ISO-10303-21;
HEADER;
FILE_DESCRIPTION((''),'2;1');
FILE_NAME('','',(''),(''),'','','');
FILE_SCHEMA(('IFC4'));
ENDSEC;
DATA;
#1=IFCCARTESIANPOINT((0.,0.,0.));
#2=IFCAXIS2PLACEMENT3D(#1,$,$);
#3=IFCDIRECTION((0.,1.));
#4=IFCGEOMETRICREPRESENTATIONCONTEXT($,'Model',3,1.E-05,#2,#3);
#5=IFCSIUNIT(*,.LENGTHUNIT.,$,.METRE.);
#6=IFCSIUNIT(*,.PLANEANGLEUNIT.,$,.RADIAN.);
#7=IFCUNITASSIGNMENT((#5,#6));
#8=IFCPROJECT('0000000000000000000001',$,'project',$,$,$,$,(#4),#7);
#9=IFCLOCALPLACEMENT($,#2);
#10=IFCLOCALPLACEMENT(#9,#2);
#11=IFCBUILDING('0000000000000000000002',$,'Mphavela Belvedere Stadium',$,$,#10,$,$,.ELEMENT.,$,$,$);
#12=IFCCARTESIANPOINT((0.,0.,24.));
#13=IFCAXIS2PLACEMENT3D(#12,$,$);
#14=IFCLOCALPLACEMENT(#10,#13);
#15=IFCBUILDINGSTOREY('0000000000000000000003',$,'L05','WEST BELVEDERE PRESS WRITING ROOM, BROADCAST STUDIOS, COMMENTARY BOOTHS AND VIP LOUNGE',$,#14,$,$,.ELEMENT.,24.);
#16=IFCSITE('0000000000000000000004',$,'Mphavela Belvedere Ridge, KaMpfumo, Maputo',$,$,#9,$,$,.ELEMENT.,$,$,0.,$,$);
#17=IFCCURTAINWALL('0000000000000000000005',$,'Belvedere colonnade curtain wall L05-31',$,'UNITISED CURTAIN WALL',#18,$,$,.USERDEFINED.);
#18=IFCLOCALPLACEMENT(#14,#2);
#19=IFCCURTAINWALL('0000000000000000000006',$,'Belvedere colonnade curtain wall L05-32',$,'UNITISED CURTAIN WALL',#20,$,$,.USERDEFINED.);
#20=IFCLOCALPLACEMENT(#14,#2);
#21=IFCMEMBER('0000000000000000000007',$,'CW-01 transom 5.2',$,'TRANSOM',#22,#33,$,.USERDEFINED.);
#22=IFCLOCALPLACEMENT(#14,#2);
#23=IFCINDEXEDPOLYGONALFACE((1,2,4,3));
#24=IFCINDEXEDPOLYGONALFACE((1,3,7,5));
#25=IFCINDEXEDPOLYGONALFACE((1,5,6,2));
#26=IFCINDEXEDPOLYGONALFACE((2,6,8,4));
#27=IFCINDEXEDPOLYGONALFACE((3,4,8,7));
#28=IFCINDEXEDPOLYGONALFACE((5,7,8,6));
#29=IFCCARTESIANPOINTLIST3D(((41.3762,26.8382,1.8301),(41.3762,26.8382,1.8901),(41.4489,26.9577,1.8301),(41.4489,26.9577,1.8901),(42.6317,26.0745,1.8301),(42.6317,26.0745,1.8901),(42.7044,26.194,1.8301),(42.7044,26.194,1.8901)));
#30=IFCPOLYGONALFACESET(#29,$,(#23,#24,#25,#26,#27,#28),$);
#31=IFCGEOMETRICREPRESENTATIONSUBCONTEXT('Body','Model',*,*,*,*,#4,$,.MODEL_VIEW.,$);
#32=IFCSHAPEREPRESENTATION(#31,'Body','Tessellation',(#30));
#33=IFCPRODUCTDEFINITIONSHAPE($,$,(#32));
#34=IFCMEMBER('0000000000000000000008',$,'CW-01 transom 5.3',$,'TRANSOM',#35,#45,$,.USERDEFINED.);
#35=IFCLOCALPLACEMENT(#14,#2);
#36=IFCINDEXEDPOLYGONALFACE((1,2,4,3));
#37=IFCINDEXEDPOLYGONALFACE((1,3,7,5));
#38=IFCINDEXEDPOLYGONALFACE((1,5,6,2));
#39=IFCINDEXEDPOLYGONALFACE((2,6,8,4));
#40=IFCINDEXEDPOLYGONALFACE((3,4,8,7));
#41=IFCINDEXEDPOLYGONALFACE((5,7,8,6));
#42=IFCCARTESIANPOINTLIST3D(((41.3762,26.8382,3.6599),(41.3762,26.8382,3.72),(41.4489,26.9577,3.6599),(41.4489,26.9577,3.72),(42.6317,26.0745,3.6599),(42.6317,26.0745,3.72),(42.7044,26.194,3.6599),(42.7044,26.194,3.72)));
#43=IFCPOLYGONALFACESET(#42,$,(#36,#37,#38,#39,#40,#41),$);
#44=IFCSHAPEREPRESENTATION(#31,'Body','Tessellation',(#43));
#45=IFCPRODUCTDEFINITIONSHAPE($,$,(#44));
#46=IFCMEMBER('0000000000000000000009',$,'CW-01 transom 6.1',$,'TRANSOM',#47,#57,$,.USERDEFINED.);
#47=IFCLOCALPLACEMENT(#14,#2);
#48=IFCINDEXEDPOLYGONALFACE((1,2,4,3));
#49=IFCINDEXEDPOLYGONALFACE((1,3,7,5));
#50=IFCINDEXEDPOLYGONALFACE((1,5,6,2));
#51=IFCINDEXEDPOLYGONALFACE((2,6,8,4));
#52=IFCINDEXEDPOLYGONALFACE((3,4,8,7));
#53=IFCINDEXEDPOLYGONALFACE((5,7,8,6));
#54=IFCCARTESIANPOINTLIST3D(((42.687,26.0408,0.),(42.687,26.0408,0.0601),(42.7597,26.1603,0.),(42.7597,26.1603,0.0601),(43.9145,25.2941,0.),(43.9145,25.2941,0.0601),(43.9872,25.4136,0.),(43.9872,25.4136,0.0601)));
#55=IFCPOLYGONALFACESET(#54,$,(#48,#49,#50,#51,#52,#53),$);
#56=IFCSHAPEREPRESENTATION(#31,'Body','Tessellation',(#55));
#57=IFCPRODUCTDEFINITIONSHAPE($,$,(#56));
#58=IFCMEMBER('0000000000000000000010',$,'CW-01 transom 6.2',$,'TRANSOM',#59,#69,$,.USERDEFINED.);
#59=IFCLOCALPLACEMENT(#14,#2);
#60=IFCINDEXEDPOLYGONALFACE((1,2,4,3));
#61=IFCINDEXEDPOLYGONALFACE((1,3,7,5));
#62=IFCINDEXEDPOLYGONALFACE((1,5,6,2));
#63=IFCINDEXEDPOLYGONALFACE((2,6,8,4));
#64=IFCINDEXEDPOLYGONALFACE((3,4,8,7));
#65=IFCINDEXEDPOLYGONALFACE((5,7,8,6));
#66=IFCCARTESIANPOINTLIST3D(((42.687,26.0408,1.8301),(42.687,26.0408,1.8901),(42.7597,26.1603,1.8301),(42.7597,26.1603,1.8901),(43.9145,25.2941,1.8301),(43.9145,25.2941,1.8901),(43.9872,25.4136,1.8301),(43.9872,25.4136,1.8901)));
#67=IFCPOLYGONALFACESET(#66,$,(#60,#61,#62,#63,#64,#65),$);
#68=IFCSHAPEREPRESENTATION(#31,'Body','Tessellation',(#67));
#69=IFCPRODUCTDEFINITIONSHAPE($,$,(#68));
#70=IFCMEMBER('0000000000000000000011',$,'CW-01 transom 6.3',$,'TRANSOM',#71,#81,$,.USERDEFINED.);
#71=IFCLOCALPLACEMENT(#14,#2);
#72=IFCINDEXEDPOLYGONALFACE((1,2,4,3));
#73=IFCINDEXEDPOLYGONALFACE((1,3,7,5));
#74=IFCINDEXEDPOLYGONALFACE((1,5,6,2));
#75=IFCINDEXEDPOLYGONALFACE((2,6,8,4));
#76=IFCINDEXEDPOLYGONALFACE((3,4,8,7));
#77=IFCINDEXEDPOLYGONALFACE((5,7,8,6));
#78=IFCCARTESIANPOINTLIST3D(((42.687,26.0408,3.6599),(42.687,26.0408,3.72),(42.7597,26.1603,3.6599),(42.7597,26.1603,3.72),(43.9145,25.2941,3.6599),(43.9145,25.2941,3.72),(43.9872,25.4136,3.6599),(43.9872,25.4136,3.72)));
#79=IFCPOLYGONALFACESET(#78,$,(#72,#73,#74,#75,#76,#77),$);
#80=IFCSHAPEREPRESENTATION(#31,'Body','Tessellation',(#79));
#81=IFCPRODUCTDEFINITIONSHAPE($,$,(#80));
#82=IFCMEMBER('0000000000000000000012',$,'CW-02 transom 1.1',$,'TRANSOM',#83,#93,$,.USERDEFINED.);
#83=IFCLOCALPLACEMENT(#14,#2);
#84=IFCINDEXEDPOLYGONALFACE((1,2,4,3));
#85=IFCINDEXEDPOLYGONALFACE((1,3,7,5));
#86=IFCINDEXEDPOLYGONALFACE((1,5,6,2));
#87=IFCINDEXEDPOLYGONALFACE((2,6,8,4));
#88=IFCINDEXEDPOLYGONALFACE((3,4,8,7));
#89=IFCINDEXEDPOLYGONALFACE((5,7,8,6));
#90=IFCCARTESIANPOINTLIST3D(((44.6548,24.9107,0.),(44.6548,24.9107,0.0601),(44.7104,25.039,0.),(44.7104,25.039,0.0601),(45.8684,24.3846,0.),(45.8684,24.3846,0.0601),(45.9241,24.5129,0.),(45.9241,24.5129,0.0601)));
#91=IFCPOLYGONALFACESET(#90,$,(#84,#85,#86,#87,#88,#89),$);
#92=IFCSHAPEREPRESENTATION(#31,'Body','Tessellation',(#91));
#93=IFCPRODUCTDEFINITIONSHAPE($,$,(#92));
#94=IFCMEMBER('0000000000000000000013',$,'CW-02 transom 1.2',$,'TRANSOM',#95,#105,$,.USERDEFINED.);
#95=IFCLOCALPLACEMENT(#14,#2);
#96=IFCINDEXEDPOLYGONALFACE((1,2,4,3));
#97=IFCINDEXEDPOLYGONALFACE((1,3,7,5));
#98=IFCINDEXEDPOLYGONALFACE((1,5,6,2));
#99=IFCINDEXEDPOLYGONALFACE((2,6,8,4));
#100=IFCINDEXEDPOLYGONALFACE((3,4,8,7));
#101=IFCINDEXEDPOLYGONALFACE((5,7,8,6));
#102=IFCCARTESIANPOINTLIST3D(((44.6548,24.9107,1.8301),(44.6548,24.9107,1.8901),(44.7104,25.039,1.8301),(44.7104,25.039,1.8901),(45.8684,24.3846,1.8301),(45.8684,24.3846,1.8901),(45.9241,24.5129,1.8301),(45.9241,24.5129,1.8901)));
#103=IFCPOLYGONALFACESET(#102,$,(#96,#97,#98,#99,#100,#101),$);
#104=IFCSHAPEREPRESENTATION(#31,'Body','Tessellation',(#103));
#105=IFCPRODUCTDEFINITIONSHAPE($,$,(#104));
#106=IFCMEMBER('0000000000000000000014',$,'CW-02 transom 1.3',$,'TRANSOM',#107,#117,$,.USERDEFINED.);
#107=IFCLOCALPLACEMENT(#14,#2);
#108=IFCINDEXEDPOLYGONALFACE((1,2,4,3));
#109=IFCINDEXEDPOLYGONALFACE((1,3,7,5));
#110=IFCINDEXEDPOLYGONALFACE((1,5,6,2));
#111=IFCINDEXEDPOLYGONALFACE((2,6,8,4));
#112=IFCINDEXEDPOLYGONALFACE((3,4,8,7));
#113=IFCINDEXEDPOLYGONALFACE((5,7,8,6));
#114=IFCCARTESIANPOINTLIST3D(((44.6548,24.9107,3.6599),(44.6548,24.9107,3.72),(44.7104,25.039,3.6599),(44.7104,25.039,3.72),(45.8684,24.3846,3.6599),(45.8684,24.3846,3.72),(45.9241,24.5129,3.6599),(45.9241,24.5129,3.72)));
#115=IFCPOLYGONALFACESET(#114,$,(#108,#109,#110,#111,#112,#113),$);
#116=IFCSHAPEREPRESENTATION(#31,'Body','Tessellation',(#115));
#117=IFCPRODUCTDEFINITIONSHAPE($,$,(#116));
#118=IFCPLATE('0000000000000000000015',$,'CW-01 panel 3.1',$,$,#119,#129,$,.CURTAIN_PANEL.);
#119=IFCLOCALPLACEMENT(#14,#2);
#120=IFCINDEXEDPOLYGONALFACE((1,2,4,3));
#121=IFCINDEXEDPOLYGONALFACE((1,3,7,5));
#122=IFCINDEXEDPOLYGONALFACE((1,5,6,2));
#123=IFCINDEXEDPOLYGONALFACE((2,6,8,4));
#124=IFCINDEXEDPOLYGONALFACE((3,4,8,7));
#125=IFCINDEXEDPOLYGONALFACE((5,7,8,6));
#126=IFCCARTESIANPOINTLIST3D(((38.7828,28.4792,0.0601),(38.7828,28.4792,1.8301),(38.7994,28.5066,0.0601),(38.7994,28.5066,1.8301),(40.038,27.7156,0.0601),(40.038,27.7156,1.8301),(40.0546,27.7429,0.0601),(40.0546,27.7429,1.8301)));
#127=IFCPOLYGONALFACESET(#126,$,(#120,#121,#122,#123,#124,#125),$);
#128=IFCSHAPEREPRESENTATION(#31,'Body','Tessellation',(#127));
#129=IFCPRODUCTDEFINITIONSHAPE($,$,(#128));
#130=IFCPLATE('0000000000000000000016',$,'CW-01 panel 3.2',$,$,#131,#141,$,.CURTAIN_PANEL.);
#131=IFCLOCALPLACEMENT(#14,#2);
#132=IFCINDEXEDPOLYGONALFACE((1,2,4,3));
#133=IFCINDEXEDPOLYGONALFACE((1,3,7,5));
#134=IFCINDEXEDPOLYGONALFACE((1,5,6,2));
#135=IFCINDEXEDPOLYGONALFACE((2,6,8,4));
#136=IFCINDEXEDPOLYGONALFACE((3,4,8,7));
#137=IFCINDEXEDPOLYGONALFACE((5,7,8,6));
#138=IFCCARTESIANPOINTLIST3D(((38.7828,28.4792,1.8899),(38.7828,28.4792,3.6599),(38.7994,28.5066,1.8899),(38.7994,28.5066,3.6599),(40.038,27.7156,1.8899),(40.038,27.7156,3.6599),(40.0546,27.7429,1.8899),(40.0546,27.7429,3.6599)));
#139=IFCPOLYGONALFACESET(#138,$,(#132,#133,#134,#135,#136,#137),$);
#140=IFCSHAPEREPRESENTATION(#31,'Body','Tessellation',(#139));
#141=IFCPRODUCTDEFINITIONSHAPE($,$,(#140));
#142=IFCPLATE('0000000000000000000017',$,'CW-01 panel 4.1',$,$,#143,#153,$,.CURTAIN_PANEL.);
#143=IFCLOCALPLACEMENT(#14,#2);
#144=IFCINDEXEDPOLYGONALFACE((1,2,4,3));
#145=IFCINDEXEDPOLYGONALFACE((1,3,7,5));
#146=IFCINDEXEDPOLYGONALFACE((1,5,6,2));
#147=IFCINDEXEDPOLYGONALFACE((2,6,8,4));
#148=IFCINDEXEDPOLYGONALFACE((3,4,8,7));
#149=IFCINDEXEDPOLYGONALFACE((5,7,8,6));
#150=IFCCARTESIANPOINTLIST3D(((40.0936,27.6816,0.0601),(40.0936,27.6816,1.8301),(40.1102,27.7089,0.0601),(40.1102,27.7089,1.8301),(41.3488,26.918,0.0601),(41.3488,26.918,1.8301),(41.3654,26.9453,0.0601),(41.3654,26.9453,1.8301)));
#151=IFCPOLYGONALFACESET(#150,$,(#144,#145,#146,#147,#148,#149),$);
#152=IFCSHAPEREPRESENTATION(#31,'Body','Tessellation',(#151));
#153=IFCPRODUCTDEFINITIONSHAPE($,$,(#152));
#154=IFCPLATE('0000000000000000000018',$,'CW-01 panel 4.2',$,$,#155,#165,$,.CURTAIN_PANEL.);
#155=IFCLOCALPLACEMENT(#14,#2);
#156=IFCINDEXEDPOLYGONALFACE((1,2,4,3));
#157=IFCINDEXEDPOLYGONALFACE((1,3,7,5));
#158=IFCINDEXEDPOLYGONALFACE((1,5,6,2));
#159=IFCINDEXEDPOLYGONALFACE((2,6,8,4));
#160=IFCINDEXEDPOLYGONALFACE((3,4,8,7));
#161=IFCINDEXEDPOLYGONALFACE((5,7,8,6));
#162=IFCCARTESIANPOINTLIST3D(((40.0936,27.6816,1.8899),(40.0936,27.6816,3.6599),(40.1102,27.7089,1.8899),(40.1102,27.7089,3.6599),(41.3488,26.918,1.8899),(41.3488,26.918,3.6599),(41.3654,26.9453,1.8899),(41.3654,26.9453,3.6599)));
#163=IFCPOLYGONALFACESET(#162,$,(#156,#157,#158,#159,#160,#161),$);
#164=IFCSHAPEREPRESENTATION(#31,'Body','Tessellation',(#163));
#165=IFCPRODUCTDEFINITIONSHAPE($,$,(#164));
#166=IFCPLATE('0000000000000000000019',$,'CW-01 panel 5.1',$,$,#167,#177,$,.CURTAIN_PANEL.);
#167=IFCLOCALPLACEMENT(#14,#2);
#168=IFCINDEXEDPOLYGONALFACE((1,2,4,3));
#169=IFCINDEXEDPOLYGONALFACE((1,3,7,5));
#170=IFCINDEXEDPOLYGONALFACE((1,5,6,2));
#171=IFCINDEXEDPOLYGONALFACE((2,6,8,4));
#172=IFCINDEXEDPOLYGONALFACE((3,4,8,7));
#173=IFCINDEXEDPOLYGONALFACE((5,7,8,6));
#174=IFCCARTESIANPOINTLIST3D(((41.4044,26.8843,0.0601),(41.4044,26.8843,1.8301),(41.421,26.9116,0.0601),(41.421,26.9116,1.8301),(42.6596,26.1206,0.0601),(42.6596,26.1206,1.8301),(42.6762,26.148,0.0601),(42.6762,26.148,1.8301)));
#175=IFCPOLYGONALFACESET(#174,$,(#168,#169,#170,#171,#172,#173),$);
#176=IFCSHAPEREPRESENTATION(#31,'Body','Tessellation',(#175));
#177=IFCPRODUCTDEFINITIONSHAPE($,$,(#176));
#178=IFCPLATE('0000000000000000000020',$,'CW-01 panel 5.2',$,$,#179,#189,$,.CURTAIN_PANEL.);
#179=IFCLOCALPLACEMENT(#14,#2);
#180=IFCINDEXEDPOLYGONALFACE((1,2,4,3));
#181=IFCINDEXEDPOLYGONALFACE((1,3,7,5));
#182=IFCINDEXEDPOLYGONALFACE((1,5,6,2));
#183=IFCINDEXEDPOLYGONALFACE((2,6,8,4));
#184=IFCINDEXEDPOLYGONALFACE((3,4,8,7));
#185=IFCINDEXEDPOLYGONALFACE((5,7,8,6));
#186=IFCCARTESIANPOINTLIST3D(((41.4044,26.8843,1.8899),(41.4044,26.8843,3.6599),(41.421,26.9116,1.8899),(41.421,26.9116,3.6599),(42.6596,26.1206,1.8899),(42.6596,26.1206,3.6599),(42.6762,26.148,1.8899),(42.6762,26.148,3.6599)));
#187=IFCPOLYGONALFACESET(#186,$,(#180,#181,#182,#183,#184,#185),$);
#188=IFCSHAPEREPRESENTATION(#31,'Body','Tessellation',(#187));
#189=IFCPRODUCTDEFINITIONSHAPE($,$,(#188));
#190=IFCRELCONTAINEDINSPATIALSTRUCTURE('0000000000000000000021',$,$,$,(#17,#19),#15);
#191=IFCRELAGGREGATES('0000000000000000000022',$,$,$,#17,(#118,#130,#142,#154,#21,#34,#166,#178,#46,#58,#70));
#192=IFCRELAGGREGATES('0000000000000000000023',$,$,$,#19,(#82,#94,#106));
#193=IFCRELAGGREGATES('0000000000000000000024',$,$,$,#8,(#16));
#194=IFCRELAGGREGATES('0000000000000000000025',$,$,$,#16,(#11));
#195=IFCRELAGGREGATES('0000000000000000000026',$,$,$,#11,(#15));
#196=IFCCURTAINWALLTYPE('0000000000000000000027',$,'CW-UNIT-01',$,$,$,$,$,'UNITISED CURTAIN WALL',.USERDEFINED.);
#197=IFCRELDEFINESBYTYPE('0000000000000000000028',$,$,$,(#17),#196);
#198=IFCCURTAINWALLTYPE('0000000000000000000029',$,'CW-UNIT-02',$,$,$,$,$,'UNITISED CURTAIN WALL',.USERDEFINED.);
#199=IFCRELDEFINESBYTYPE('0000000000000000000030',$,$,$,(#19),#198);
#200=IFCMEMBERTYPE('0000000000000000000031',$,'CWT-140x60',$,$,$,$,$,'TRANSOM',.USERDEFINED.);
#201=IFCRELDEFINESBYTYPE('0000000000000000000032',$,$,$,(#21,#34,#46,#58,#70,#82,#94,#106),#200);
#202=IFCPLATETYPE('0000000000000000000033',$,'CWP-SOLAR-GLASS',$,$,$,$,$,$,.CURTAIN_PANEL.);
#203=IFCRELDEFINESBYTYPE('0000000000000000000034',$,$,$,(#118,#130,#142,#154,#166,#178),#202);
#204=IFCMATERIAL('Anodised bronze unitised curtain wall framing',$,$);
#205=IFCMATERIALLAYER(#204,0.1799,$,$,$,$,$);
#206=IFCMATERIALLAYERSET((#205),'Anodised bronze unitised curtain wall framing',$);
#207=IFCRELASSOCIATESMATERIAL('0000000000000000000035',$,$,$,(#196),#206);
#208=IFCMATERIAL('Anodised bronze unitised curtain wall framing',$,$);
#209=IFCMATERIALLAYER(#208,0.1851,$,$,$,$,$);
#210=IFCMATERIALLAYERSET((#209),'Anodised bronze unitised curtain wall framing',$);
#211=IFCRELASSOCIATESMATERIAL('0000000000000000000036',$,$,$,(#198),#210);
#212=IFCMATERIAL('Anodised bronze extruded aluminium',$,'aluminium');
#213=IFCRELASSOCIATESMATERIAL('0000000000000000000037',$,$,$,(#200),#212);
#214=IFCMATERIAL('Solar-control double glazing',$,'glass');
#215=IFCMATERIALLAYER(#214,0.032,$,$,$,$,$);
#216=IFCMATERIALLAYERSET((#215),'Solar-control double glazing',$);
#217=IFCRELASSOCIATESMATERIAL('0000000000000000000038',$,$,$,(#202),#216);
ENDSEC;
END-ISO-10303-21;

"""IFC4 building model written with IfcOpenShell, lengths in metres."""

from ifc_helpers import new_model, si_unit, direction, frame, origin, origin_2d, place, context, subcontext, project, spatial, rectangle, extrude, material, layer, layer_set, material_profile, profile_set, type_object, element, aggregate, save


model = new_model("IFC4")

# Units and contexts
model_context = context("Model", 3, precision=1e-05, world=origin(), true_north=direction((0.0, 1.0)))
body_context = subcontext(model_context, "Body", "Model", "MODEL_VIEW")
ifc_project = project(units=[si_unit("LENGTHUNIT", "METRE"), si_unit("PLANEANGLEUNIT", "RADIAN")], contexts=[model_context])

# Site, building, storey
site_placement = place(None, origin())
site = spatial("IfcSite", under=ifc_project, at=site_placement, Name="Mphavela Belvedere Ridge, KaMpfumo, Maputo", CompositionType="ELEMENT", RefElevation=0.0)
building_placement = place(site_placement, origin())
building = spatial("IfcBuilding", under=site, at=building_placement, Name="Mphavela Belvedere Stadium", CompositionType="ELEMENT")
storey_placement = place(building_placement, frame((0.0, 0.0, 24.0)))
storey = spatial("IfcBuildingStorey", under=building, at=storey_placement, Name="L05", Description="WEST BELVEDERE PRESS WRITING ROOM, BROADCAST STUDIOS, COMMENTARY BOOTHS AND VIP LOUNGE", CompositionType="ELEMENT", Elevation=24.0)

# Curtain wall
ifc_material_1 = material(Name="Anodised bronze unitised curtain wall framing")
ifc_layer_1 = layer(ifc_material_1, 0.1799)
ifc_layer_set_1 = layer_set([ifc_layer_1], Name="Anodised bronze unitised curtain wall framing")
curtain_wall_type_1 = type_object("IfcCurtainWallType", Name="CW-UNIT-01", ElementType="UNITISED CURTAIN WALL", PredefinedType="USERDEFINED", material=ifc_layer_set_1)
curtain_wall_1_placement = place(storey_placement, origin())
curtain_wall_1 = element("IfcCurtainWall", 1, at=curtain_wall_1_placement, inside=storey, type_object=curtain_wall_type_1, Name="Belvedere colonnade curtain wall L05-31", ObjectType="UNITISED CURTAIN WALL", PredefinedType="USERDEFINED")

# Curtain wall
ifc_material_2 = material(Name="Anodised bronze unitised curtain wall framing")
ifc_layer_2 = layer(ifc_material_2, 0.1851)
ifc_layer_set_2 = layer_set([ifc_layer_2], Name="Anodised bronze unitised curtain wall framing")
curtain_wall_type_2 = type_object("IfcCurtainWallType", Name="CW-UNIT-02", ElementType="UNITISED CURTAIN WALL", PredefinedType="USERDEFINED", material=ifc_layer_set_2)
curtain_wall_2_placement = place(storey_placement, origin())
curtain_wall_2 = element("IfcCurtainWall", 2, at=curtain_wall_2_placement, inside=storey, type_object=curtain_wall_type_2, Name="Belvedere colonnade curtain wall L05-32", ObjectType="UNITISED CURTAIN WALL", PredefinedType="USERDEFINED")

# Members
ifc_material_3 = material(Name="Anodised bronze extruded aluminium", Category="aluminium")
ifc_material_profile_1 = material_profile(ifc_material_3, rectangle(XDim=0.1399, YDim=0.0601, at=origin_2d()), Name="CW-TRN 140x60")
ifc_profile_set_1 = profile_set([ifc_material_profile_1], Name="Anodised bronze extruded aluminium")
member_type_1 = type_object("IfcMemberType", Name="CWT-140x60", ElementType="TRANSOM", PredefinedType="USERDEFINED", material=ifc_profile_set_1)
member_1_placement = place(storey_placement, frame((41.4126, 26.8979, 1.8601), z_axis=(0.85434, -0.519715, 0.0), x_axis=(0.519715, 0.85434, 0.0)))
member_1 = element("IfcMember", 3, at=member_1_placement, type_object=member_type_1, Name="CW-01 transom 5.2", ObjectType="TRANSOM", PredefinedType="USERDEFINED", context=body_context, shape_type="SweptSolid", body=[
    extrude(rectangle(XDim=0.1399, YDim=0.0601, at=origin_2d()), origin(), (0.0, 0.0, 1.0), 1.4695),
])
member_2_placement = place(storey_placement, frame((41.4126, 26.8979, 3.6899), z_axis=(0.85434, -0.519715, 0.0), x_axis=(0.519715, 0.85434, 0.0)))
member_2 = element("IfcMember", 4, at=member_2_placement, type_object=member_type_1, Name="CW-01 transom 5.3", ObjectType="TRANSOM", PredefinedType="USERDEFINED", context=body_context, shape_type="SweptSolid", body=[
    extrude(rectangle(XDim=0.1399, YDim=0.0601, at=origin_2d()), origin(), (0.0, 0.0, 1.0), 1.4695),
])
member_3_placement = place(storey_placement, frame((42.7234, 26.1006, 0.03), z_axis=(0.854313, -0.519758, 0.0), x_axis=(0.519758, 0.854313, 0.0)))
member_3 = element("IfcMember", 5, at=member_3_placement, type_object=member_type_1, Name="CW-01 transom 6.1", ObjectType="TRANSOM", PredefinedType="USERDEFINED", context=body_context, shape_type="SweptSolid", body=[
    extrude(rectangle(XDim=0.1399, YDim=0.0601, at=origin_2d()), origin(), (0.0, 0.0, 1.0), 1.4368),
])
member_4_placement = place(storey_placement, frame((42.7234, 26.1006, 1.8601), z_axis=(0.854313, -0.519758, 0.0), x_axis=(0.519758, 0.854313, 0.0)))
member_4 = element("IfcMember", 6, at=member_4_placement, type_object=member_type_1, Name="CW-01 transom 6.2", ObjectType="TRANSOM", PredefinedType="USERDEFINED", context=body_context, shape_type="SweptSolid", body=[
    extrude(rectangle(XDim=0.1399, YDim=0.0601, at=origin_2d()), origin(), (0.0, 0.0, 1.0), 1.4368),
])
member_5_placement = place(storey_placement, frame((42.7234, 26.1006, 3.6899), z_axis=(0.854313, -0.519758, 0.0), x_axis=(0.519758, 0.854313, 0.0)))
member_5 = element("IfcMember", 7, at=member_5_placement, type_object=member_type_1, Name="CW-01 transom 6.3", ObjectType="TRANSOM", PredefinedType="USERDEFINED", context=body_context, shape_type="SweptSolid", body=[
    extrude(rectangle(XDim=0.1399, YDim=0.0601, at=origin_2d()), origin(), (0.0, 0.0, 1.0), 1.4368),
])
member_6_placement = place(storey_placement, frame((44.6826, 24.9749, 0.03), z_axis=(0.917495, -0.397747, 0.0), x_axis=(0.397747, 0.917495, 0.0)))
member_6 = element("IfcMember", 8, at=member_6_placement, type_object=member_type_1, Name="CW-02 transom 1.1", ObjectType="TRANSOM", PredefinedType="USERDEFINED", context=body_context, shape_type="SweptSolid", body=[
    extrude(rectangle(XDim=0.1399, YDim=0.0601, at=origin_2d()), origin(), (0.0, 0.0, 1.0), 1.3228),
])
member_7_placement = place(storey_placement, frame((44.6826, 24.9749, 1.8601), z_axis=(0.917495, -0.397747, 0.0), x_axis=(0.397747, 0.917495, 0.0)))
member_7 = element("IfcMember", 9, at=member_7_placement, type_object=member_type_1, Name="CW-02 transom 1.2", ObjectType="TRANSOM", PredefinedType="USERDEFINED", context=body_context, shape_type="SweptSolid", body=[
    extrude(rectangle(XDim=0.1399, YDim=0.0601, at=origin_2d()), origin(), (0.0, 0.0, 1.0), 1.3228),
])
member_8_placement = place(storey_placement, frame((44.6826, 24.9749, 3.6899), z_axis=(0.917495, -0.397747, 0.0), x_axis=(0.397747, 0.917495, 0.0)))
member_8 = element("IfcMember", 10, at=member_8_placement, type_object=member_type_1, Name="CW-02 transom 1.3", ObjectType="TRANSOM", PredefinedType="USERDEFINED", context=body_context, shape_type="SweptSolid", body=[
    extrude(rectangle(XDim=0.1399, YDim=0.0601, at=origin_2d()), origin(), (0.0, 0.0, 1.0), 1.3228),
])

# Plates
ifc_material_4 = material(Name="Solar-control double glazing", Category="glass")
ifc_layer_3 = layer(ifc_material_4, 0.032)
ifc_layer_set_3 = layer_set([ifc_layer_3], Name="Solar-control double glazing")
plate_type = type_object("IfcPlateType", Name="CWP-SOLAR-GLASS", PredefinedType="CURTAIN_PANEL", material=ifc_layer_set_3)
plate_1_placement = place(storey_placement, frame((39.4187, 28.1111, 0.0601), z_axis=(0.0, 0.0, 1.0), x_axis=(0.854327, -0.519735, 0.0)))
plate_1 = element("IfcPlate", 11, at=plate_1_placement, type_object=plate_type, Name="CW-01 panel 3.1", PredefinedType="CURTAIN_PANEL", context=body_context, shape_type="SweptSolid", body=[
    extrude(rectangle(XDim=1.4692, YDim=0.032, at=origin_2d()), origin(), (0.0, 0.0, 1.0), 1.77),
])
plate_2_placement = place(storey_placement, frame((39.4187, 28.1111, 1.8899), z_axis=(0.0, 0.0, 1.0), x_axis=(0.854327, -0.519735, 0.0)))
plate_2 = element("IfcPlate", 12, at=plate_2_placement, type_object=plate_type, Name="CW-01 panel 3.2", PredefinedType="CURTAIN_PANEL", context=body_context, shape_type="SweptSolid", body=[
    extrude(rectangle(XDim=1.4692, YDim=0.032, at=origin_2d()), origin(), (0.0, 0.0, 1.0), 1.77),
])
plate_3_placement = place(storey_placement, frame((40.7295, 27.3135, 0.0601), z_axis=(0.0, 0.0, 1.0), x_axis=(0.854327, -0.519735, 0.0)))
plate_3 = element("IfcPlate", 13, at=plate_3_placement, type_object=plate_type, Name="CW-01 panel 4.1", PredefinedType="CURTAIN_PANEL", context=body_context, shape_type="SweptSolid", body=[
    extrude(rectangle(XDim=1.4692, YDim=0.032, at=origin_2d()), origin(), (0.0, 0.0, 1.0), 1.77),
])
plate_4_placement = place(storey_placement, frame((40.7295, 27.3135, 1.8899), z_axis=(0.0, 0.0, 1.0), x_axis=(0.854327, -0.519735, 0.0)))
plate_4 = element("IfcPlate", 14, at=plate_4_placement, type_object=plate_type, Name="CW-01 panel 4.2", PredefinedType="CURTAIN_PANEL", context=body_context, shape_type="SweptSolid", body=[
    extrude(rectangle(XDim=1.4692, YDim=0.032, at=origin_2d()), origin(), (0.0, 0.0, 1.0), 1.77),
])
plate_5_placement = place(storey_placement, frame((42.0403, 26.5161, 0.0601), z_axis=(0.0, 0.0, 1.0), x_axis=(0.854327, -0.519735, 0.0)))
plate_5 = element("IfcPlate", 15, at=plate_5_placement, type_object=plate_type, Name="CW-01 panel 5.1", PredefinedType="CURTAIN_PANEL", context=body_context, shape_type="SweptSolid", body=[
    extrude(rectangle(XDim=1.4692, YDim=0.032, at=origin_2d()), origin(), (0.0, 0.0, 1.0), 1.77),
])
plate_6_placement = place(storey_placement, frame((42.0403, 26.5161, 1.8899), z_axis=(0.0, 0.0, 1.0), x_axis=(0.854327, -0.519735, 0.0)))
plate_6 = element("IfcPlate", 16, at=plate_6_placement, type_object=plate_type, Name="CW-01 panel 5.2", PredefinedType="CURTAIN_PANEL", context=body_context, shape_type="SweptSolid", body=[
    extrude(rectangle(XDim=1.4692, YDim=0.032, at=origin_2d()), origin(), (0.0, 0.0, 1.0), 1.77),
])
aggregate(curtain_wall_1, [plate_1, plate_2, plate_3, plate_4, member_1, member_2, plate_5, plate_6, member_3, member_4, member_5])
aggregate(curtain_wall_2, [member_6, member_7, member_8])

save(model, "model.ifc")
